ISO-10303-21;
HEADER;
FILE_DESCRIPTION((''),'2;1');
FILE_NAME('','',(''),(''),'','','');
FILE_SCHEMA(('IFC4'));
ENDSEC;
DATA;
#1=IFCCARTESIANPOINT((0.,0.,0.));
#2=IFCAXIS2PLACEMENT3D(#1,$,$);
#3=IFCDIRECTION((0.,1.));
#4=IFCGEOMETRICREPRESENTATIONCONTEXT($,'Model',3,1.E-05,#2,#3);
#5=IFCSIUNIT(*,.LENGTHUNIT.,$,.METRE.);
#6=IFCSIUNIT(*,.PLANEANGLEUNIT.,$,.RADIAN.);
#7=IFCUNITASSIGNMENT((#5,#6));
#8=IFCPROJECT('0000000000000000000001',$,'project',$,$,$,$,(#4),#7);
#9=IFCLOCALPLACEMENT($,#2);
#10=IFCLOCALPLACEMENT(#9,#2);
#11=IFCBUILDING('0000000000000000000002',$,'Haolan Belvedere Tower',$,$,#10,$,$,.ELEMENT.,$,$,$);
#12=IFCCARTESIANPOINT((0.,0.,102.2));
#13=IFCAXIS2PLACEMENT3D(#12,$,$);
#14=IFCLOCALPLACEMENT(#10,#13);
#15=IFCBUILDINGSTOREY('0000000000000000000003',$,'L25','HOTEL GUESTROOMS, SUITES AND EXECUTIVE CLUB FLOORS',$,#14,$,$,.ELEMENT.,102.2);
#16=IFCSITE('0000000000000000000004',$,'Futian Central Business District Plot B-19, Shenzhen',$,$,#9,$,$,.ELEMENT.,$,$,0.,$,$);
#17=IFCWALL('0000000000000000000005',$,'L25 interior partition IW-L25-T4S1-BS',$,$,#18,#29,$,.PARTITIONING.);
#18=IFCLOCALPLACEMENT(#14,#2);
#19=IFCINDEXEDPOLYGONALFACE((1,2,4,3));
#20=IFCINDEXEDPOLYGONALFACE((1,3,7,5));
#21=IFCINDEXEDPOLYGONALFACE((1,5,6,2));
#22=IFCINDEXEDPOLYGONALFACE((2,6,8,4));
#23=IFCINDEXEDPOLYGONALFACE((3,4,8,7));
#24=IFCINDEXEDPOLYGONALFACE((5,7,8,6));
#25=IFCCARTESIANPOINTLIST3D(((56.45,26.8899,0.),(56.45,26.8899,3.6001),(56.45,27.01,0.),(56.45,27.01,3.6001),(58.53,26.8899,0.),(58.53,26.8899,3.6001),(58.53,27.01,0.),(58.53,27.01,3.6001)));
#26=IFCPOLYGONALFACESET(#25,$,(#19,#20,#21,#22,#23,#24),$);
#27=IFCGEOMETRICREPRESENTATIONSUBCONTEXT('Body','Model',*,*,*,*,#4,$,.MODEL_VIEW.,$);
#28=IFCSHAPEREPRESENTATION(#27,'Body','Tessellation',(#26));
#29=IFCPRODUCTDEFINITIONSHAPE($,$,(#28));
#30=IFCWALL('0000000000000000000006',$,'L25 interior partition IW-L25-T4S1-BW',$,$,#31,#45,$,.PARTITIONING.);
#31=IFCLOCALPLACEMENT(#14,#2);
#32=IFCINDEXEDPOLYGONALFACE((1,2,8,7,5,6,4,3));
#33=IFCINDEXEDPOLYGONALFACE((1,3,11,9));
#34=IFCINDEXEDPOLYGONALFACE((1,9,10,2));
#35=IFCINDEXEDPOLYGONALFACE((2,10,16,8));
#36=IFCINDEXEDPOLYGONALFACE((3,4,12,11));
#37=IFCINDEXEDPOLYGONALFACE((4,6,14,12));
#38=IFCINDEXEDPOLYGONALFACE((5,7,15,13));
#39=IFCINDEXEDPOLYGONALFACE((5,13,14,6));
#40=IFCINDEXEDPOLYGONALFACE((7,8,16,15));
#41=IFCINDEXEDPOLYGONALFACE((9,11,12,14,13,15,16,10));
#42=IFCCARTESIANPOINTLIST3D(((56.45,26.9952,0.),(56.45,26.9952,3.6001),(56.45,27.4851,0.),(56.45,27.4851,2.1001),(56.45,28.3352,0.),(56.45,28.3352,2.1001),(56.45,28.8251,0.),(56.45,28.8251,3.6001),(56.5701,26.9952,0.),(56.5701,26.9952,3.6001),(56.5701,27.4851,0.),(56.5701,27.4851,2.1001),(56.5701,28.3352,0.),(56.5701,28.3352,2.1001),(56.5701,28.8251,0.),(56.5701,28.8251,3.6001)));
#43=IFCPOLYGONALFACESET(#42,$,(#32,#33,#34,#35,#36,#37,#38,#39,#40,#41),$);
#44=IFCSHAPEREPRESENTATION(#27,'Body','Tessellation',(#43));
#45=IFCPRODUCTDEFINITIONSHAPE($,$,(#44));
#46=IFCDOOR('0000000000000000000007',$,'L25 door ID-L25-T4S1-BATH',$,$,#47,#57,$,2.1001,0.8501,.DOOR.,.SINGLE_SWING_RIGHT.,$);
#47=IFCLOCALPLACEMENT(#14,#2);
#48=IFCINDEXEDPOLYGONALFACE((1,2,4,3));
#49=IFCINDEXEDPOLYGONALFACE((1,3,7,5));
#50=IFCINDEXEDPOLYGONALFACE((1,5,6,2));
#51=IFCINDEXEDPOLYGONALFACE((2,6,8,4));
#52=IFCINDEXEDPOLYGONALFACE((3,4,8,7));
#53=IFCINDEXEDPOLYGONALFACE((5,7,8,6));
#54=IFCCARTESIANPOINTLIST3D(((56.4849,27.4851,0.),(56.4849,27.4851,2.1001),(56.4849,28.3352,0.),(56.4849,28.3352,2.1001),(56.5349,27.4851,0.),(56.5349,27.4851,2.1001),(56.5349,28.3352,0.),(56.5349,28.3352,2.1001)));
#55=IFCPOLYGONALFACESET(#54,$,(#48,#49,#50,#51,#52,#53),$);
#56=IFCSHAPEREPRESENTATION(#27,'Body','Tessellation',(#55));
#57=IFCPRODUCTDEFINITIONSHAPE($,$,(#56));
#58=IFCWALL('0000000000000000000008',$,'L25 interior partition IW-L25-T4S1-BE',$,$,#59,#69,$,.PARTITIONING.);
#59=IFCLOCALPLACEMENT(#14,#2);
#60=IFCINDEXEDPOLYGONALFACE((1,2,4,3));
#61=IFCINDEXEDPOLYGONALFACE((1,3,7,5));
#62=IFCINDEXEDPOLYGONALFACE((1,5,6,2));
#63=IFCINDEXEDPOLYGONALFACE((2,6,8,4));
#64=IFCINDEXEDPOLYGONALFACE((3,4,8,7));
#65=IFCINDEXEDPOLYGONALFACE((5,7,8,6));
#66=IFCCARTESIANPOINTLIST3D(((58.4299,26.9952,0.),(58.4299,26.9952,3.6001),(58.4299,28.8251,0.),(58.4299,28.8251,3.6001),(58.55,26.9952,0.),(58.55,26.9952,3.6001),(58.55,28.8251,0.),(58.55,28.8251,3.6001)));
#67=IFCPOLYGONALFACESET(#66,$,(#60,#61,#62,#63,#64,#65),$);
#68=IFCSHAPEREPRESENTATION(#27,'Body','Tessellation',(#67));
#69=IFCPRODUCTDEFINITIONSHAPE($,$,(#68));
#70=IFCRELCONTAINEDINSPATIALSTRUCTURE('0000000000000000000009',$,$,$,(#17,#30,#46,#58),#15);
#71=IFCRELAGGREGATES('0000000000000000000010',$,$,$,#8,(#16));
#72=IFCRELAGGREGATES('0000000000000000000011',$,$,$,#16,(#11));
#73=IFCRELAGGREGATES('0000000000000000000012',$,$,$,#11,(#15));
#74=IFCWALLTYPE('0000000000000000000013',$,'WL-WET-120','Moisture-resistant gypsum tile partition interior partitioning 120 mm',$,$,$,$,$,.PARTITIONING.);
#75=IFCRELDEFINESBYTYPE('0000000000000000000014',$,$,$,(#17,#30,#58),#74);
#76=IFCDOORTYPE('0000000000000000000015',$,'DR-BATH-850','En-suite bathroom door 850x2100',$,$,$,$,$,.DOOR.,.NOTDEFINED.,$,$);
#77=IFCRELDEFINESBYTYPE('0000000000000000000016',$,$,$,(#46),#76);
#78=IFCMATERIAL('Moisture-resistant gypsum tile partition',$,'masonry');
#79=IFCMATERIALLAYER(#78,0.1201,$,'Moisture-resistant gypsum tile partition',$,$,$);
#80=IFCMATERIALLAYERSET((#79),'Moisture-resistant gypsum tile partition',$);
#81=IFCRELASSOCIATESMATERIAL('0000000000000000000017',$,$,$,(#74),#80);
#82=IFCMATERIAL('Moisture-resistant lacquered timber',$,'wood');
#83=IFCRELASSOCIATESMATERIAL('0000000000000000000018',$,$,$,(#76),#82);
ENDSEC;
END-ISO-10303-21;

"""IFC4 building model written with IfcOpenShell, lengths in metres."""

from ifc_helpers import new_model, si_unit, direction, frame, frame_2d, origin, place, context, subcontext, project, spatial, rectangle, extrude, material, layer, layer_set, type_object, element, fill, save


model = new_model("IFC4")

# Units and contexts
model_context = context("Model", 3, precision=1e-05, world=origin(), true_north=direction((0.0, 1.0)))
body_context = subcontext(model_context, "Body", "Model", "MODEL_VIEW")
ifc_project = project(units=[si_unit("LENGTHUNIT", "METRE"), si_unit("PLANEANGLEUNIT", "RADIAN")], contexts=[model_context])

# Site, building, storey
site_placement = place(None, origin())
site = spatial("IfcSite", under=ifc_project, at=site_placement, Name="Futian Central Business District Plot B-19, Shenzhen", CompositionType="ELEMENT", RefElevation=0.0)
building_placement = place(site_placement, origin())
building = spatial("IfcBuilding", under=site, at=building_placement, Name="Haolan Belvedere Tower", CompositionType="ELEMENT")
storey_placement = place(building_placement, frame((0.0, 0.0, 102.2)))
storey = spatial("IfcBuildingStorey", under=building, at=storey_placement, Name="L25", Description="HOTEL GUESTROOMS, SUITES AND EXECUTIVE CLUB FLOORS", CompositionType="ELEMENT", Elevation=102.2)

# Shared definitions
ifc_material_1 = material(Name="Moisture-resistant gypsum tile partition", Category="masonry")
ifc_layer_1 = layer(ifc_material_1, 0.1201, Name="Moisture-resistant gypsum tile partition")
ifc_layer_set_1 = layer_set([ifc_layer_1], Name="Moisture-resistant gypsum tile partition")
wall_type_1 = type_object("IfcWallType", Name="WL-WET-120", Description="Moisture-resistant gypsum tile partition interior partitioning 120 mm", PredefinedType="PARTITIONING", material=ifc_layer_set_1)

# Shared definitions
ifc_material_2 = material(Name="Moisture-resistant lacquered timber", Category="wood")
door_type_1 = type_object("IfcDoorType", Name="DR-BATH-850", Description="En-suite bathroom door 850x2100", OperationType="NOTDEFINED", PredefinedType="DOOR", material=ifc_material_2)

# Wall
for number, where, z_axis, x_axis, name in (
    (1, (56.45, 26.95, 0.0), (0.0, 0.0, 1.0), (1.0, 0.0, 0.0), "L25 interior partition IW-L25-T4S1-BS"),
):
    element("IfcWall", number, at=place(storey_placement, frame(where, z_axis=z_axis, x_axis=x_axis)), inside=storey, type_object=wall_type_1, Name=name, PredefinedType="PARTITIONING", context=body_context, shape_type="SweptSolid", body=[
        extrude(rectangle(XDim=2.0801, YDim=0.1201, at=frame_2d((1.04, 0.0))), origin(), (0.0, 0.0, 1.0), 3.6001),
    ])

# Wall, opening, door
wall_1_placement = place(storey_placement, frame((56.51, 26.9951, 0.0), z_axis=(0.0, 0.0, 1.0), x_axis=(0.0, 1.0, 0.0)))
wall_1 = element("IfcWall", 2, at=wall_1_placement, inside=storey, type_object=wall_type_1, Name="L25 interior partition IW-L25-T4S1-BW", PredefinedType="PARTITIONING", context=body_context, shape_type="SweptSolid", body=[
    extrude(rectangle(XDim=1.8298, YDim=0.1201, at=frame_2d((0.915, 0.0))), origin(), (0.0, 0.0, 1.0), 3.6001),
])
opening_1_placement = place(wall_1_placement, frame((1.3401, 0.0, 0.0), z_axis=(0.0, 0.0, 1.0), x_axis=(-1.0, 0.0, 0.0)))
opening_1 = element("IfcOpeningElement", 3, at=opening_1_placement, cuts=wall_1, PredefinedType="OPENING", context=body_context, shape_type="SweptSolid", body=[
    extrude(rectangle(XDim=0.8501, YDim=2.1001, at=frame_2d((0.425, 1.05))), frame((0.0, 0.0701, 0.0), z_axis=(0.0, -1.0, 0.0), x_axis=(1.0, 0.0, 0.0)), (0.0, 0.0, 1.0), 0.1401),
])
door_1_placement = place(opening_1_placement, origin())
door_1 = element("IfcDoor", 4, at=door_1_placement, inside=storey, type_object=door_type_1, Name="L25 door ID-L25-T4S1-BATH", OperationType="SINGLE_SWING_RIGHT", OverallHeight=2.1001, OverallWidth=0.8501, PredefinedType="DOOR", context=body_context, shape_type="SweptSolid", body=[
    extrude(rectangle(XDim=0.8501, YDim=2.1001, at=frame_2d((0.425, 1.05))), frame((0.0, 0.0249, 0.0), z_axis=(0.0, -1.0, 0.0), x_axis=(1.0, 0.0, 0.0)), (0.0, 0.0, 1.0), 0.05),
])
fill(opening_1, door_1)

# Wall
wall_2_placement = place(storey_placement, frame((58.49, 26.9951, 0.0), z_axis=(0.0, 0.0, 1.0), x_axis=(0.0, 1.0, 0.0)))
element("IfcWall", 5, at=wall_2_placement, inside=storey, type_object=wall_type_1, Name="L25 interior partition IW-L25-T4S1-BE", PredefinedType="PARTITIONING", context=body_context, shape_type="SweptSolid", body=[
    extrude(rectangle(XDim=1.8298, YDim=0.1201, at=frame_2d((0.915, 0.0))), origin(), (0.0, 0.0, 1.0), 3.6001),
])

save(model, "model.ifc")
